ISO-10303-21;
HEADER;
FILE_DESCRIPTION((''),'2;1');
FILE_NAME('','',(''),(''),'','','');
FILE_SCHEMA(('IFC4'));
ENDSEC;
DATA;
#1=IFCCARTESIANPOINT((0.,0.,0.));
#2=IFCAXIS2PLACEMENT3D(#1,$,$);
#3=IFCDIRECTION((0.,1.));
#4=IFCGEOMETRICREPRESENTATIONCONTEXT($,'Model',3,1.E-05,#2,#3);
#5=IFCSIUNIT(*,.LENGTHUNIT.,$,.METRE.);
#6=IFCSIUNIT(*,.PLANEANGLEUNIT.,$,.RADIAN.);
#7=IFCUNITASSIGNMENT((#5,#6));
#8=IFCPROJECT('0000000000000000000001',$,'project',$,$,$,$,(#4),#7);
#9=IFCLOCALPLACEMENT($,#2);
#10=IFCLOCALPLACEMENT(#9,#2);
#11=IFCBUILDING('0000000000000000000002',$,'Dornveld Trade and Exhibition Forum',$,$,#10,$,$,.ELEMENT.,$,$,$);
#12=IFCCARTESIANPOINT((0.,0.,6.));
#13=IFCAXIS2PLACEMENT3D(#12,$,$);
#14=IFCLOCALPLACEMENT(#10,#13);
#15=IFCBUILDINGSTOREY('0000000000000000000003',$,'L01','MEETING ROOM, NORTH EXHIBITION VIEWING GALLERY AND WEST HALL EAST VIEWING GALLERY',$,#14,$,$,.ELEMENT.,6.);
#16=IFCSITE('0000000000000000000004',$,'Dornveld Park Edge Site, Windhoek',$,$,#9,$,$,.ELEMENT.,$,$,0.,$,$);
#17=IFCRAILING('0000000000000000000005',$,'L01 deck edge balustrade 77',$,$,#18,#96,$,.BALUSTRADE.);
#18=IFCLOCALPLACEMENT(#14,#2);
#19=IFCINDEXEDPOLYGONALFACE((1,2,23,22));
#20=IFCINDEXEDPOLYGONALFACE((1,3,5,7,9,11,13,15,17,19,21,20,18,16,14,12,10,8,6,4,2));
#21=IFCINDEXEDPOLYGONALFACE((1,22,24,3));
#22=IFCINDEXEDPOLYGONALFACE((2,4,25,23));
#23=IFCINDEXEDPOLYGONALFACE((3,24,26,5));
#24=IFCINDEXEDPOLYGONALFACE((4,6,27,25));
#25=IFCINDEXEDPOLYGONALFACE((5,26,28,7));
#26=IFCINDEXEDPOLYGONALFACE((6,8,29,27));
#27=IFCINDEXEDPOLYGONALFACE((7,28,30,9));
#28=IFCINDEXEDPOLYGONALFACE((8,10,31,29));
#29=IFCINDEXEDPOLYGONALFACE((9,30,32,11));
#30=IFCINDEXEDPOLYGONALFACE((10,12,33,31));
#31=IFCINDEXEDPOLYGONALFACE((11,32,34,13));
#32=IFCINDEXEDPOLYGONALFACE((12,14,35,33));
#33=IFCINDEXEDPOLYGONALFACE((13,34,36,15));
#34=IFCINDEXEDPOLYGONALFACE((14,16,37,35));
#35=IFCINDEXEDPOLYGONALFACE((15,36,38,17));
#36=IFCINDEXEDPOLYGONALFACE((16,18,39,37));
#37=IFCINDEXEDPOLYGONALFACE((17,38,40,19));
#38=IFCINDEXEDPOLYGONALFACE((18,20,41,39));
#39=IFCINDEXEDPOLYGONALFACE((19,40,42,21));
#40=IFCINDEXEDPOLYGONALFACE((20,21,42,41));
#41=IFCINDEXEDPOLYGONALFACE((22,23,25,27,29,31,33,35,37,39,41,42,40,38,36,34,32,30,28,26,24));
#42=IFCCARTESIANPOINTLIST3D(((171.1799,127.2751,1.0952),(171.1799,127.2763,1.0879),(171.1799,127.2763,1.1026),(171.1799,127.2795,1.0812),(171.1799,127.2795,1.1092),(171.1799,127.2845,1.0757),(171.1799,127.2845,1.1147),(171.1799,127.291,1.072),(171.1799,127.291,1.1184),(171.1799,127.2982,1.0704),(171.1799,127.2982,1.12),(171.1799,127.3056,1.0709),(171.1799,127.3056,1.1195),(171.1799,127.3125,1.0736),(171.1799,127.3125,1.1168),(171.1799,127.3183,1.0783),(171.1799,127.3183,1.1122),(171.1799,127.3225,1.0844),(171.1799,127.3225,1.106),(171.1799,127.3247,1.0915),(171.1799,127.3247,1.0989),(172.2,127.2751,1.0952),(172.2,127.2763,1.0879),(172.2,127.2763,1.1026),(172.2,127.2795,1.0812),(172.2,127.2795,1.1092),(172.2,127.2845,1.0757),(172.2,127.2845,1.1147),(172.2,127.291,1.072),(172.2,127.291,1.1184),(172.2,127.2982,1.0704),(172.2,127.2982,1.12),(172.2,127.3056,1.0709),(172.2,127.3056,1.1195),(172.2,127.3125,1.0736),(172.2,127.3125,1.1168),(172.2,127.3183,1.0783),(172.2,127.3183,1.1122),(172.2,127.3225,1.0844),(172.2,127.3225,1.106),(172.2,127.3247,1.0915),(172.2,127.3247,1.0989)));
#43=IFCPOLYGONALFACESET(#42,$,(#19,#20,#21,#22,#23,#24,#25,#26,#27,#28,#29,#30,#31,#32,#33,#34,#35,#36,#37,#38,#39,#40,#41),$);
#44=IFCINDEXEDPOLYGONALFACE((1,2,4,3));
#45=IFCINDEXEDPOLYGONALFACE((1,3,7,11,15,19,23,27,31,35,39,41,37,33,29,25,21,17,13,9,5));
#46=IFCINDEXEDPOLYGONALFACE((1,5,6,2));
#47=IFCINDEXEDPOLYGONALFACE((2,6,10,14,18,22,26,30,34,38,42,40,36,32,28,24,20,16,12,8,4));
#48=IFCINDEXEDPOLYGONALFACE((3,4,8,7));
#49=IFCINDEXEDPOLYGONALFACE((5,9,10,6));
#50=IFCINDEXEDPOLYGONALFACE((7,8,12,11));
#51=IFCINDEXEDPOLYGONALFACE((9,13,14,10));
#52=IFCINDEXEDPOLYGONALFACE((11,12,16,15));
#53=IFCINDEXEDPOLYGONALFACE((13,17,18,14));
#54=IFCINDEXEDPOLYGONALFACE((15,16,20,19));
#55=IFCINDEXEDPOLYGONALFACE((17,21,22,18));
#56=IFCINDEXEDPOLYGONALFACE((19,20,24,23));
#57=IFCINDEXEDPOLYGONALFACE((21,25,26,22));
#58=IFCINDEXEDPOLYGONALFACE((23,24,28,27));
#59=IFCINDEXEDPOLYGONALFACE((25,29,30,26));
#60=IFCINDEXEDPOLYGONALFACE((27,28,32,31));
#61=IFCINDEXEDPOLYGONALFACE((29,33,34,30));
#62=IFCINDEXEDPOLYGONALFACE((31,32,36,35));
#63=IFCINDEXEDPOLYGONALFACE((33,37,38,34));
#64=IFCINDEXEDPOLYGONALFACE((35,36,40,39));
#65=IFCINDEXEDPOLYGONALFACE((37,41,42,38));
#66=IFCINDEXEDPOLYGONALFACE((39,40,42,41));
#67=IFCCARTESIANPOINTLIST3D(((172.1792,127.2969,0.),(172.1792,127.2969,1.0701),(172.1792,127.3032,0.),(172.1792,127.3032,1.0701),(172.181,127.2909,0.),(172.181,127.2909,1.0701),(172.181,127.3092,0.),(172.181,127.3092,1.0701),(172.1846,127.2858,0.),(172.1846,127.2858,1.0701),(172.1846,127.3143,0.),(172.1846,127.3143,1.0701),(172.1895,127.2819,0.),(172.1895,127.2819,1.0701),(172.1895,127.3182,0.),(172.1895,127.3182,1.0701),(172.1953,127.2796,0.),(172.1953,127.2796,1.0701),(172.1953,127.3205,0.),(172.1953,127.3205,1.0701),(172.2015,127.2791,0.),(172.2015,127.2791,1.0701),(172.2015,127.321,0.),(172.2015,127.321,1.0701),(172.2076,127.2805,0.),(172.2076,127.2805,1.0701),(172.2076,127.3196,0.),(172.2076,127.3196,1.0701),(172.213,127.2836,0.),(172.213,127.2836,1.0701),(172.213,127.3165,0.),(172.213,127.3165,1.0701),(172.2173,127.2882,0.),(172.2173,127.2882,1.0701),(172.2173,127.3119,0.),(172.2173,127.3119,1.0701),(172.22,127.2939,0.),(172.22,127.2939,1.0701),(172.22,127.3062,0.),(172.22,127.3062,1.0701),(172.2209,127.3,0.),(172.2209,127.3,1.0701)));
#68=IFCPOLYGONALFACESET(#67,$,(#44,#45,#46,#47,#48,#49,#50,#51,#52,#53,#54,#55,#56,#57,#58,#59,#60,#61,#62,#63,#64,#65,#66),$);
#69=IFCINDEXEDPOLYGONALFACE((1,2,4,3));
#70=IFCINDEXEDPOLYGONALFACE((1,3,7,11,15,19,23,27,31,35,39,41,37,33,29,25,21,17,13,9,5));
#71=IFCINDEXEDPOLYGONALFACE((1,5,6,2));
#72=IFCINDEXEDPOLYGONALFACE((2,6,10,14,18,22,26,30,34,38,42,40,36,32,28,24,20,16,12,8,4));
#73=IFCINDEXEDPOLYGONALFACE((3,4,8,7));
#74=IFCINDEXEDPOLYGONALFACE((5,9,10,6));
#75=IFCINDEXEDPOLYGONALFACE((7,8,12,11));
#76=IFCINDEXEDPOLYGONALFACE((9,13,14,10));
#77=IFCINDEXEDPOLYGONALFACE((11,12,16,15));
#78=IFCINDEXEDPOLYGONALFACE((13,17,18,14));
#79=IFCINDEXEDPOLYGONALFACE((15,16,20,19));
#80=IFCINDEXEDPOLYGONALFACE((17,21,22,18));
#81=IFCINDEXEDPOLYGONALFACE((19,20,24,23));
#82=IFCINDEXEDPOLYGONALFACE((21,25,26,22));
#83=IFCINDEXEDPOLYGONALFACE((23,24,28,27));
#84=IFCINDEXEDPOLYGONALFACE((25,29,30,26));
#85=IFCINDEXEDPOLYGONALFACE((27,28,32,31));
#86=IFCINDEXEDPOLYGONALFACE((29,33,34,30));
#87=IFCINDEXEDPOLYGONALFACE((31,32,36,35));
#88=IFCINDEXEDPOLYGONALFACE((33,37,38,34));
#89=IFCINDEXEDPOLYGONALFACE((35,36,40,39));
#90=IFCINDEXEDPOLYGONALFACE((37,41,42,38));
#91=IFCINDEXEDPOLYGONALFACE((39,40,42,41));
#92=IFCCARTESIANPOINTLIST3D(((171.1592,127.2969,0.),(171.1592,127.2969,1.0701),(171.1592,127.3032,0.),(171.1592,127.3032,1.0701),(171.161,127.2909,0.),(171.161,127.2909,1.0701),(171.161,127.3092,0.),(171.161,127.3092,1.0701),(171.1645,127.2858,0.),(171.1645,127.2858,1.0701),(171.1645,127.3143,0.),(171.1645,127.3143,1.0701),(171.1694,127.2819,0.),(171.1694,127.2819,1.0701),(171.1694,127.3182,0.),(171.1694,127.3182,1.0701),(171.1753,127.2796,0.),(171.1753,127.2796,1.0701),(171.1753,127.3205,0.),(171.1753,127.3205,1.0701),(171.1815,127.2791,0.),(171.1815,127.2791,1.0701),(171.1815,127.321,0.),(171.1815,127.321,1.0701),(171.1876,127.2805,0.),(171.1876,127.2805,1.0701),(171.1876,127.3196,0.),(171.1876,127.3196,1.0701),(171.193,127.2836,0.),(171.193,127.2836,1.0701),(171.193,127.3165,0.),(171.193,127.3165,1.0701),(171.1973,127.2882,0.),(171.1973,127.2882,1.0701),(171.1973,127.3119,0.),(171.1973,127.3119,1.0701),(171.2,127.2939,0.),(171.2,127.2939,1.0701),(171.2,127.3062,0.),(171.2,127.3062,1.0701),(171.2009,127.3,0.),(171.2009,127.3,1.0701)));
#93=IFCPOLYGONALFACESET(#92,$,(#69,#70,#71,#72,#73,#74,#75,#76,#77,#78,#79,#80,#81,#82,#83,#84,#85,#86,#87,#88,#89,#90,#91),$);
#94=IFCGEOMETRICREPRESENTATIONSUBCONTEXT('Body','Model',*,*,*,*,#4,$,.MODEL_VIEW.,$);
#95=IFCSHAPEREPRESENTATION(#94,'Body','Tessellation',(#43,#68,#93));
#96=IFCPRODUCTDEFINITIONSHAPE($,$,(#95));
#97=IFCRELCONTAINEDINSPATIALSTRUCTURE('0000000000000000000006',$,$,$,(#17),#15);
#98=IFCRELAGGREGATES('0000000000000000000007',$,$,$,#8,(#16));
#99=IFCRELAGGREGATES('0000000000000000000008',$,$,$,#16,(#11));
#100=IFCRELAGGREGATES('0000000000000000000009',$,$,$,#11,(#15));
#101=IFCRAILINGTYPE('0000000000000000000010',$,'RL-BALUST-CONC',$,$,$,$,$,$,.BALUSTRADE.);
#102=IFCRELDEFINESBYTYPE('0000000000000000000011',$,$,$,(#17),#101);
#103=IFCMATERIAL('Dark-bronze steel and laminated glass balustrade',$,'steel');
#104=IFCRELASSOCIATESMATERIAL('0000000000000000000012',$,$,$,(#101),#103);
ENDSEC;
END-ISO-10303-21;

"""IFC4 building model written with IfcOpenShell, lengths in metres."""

from ifc_helpers import new_model, si_unit, direction, frame, origin, origin_2d, place, context, subcontext, project, spatial, circle, extrude, material, type_object, element, save


model = new_model("IFC4")

# Units and contexts
model_context = context("Model", 3, precision=1e-05, world=origin(), true_north=direction((0.0, 1.0)))
body_context = subcontext(model_context, "Body", "Model", "MODEL_VIEW")
ifc_project = project(units=[si_unit("LENGTHUNIT", "METRE"), si_unit("PLANEANGLEUNIT", "RADIAN")], contexts=[model_context])

# Site, building, storey
site_placement = place(None, origin())
site = spatial("IfcSite", under=ifc_project, at=site_placement, Name="Dornveld Park Edge Site, Windhoek", CompositionType="ELEMENT", RefElevation=0.0)
building_placement = place(site_placement, origin())
building = spatial("IfcBuilding", under=site, at=building_placement, Name="Dornveld Trade and Exhibition Forum", CompositionType="ELEMENT")
storey_placement = place(building_placement, frame((0.0, 0.0, 6.0)))
storey = spatial("IfcBuildingStorey", under=building, at=storey_placement, Name="L01", Description="MEETING ROOM, NORTH EXHIBITION VIEWING GALLERY AND WEST HALL EAST VIEWING GALLERY", CompositionType="ELEMENT", Elevation=6.0)

# Railing
ifc_material_1 = material(Name="Dark-bronze steel and laminated glass balustrade", Category="steel")
railing_type = type_object("IfcRailingType", Name="RL-BALUST-CONC", PredefinedType="BALUSTRADE", material=ifc_material_1)
railing_1_placement = place(storey_placement, frame((172.2, 127.3, 0.0)))
element("IfcRailing", 1, at=railing_1_placement, inside=storey, type_object=railing_type, Name="L01 deck edge balustrade 77", PredefinedType="BALUSTRADE", context=body_context, shape_type="SweptSolid", body=[
    extrude(circle(Radius=0.0249, at=origin_2d()), frame((0.0, 0.0, 1.0952), z_axis=(-1.0, 0.0, 0.0), x_axis=(0.0, -1.0, 0.0)), (0.0, 0.0, 1.0), 1.02),
    extrude(circle(Radius=0.021, at=origin_2d()), origin(), (0.0, 0.0, 1.0), 1.0701),
    extrude(circle(Radius=0.021, at=origin_2d()), frame((-1.02, 0.0, 0.0)), (0.0, 0.0, 1.0), 1.0701),
])

save(model, "model.ifc")
